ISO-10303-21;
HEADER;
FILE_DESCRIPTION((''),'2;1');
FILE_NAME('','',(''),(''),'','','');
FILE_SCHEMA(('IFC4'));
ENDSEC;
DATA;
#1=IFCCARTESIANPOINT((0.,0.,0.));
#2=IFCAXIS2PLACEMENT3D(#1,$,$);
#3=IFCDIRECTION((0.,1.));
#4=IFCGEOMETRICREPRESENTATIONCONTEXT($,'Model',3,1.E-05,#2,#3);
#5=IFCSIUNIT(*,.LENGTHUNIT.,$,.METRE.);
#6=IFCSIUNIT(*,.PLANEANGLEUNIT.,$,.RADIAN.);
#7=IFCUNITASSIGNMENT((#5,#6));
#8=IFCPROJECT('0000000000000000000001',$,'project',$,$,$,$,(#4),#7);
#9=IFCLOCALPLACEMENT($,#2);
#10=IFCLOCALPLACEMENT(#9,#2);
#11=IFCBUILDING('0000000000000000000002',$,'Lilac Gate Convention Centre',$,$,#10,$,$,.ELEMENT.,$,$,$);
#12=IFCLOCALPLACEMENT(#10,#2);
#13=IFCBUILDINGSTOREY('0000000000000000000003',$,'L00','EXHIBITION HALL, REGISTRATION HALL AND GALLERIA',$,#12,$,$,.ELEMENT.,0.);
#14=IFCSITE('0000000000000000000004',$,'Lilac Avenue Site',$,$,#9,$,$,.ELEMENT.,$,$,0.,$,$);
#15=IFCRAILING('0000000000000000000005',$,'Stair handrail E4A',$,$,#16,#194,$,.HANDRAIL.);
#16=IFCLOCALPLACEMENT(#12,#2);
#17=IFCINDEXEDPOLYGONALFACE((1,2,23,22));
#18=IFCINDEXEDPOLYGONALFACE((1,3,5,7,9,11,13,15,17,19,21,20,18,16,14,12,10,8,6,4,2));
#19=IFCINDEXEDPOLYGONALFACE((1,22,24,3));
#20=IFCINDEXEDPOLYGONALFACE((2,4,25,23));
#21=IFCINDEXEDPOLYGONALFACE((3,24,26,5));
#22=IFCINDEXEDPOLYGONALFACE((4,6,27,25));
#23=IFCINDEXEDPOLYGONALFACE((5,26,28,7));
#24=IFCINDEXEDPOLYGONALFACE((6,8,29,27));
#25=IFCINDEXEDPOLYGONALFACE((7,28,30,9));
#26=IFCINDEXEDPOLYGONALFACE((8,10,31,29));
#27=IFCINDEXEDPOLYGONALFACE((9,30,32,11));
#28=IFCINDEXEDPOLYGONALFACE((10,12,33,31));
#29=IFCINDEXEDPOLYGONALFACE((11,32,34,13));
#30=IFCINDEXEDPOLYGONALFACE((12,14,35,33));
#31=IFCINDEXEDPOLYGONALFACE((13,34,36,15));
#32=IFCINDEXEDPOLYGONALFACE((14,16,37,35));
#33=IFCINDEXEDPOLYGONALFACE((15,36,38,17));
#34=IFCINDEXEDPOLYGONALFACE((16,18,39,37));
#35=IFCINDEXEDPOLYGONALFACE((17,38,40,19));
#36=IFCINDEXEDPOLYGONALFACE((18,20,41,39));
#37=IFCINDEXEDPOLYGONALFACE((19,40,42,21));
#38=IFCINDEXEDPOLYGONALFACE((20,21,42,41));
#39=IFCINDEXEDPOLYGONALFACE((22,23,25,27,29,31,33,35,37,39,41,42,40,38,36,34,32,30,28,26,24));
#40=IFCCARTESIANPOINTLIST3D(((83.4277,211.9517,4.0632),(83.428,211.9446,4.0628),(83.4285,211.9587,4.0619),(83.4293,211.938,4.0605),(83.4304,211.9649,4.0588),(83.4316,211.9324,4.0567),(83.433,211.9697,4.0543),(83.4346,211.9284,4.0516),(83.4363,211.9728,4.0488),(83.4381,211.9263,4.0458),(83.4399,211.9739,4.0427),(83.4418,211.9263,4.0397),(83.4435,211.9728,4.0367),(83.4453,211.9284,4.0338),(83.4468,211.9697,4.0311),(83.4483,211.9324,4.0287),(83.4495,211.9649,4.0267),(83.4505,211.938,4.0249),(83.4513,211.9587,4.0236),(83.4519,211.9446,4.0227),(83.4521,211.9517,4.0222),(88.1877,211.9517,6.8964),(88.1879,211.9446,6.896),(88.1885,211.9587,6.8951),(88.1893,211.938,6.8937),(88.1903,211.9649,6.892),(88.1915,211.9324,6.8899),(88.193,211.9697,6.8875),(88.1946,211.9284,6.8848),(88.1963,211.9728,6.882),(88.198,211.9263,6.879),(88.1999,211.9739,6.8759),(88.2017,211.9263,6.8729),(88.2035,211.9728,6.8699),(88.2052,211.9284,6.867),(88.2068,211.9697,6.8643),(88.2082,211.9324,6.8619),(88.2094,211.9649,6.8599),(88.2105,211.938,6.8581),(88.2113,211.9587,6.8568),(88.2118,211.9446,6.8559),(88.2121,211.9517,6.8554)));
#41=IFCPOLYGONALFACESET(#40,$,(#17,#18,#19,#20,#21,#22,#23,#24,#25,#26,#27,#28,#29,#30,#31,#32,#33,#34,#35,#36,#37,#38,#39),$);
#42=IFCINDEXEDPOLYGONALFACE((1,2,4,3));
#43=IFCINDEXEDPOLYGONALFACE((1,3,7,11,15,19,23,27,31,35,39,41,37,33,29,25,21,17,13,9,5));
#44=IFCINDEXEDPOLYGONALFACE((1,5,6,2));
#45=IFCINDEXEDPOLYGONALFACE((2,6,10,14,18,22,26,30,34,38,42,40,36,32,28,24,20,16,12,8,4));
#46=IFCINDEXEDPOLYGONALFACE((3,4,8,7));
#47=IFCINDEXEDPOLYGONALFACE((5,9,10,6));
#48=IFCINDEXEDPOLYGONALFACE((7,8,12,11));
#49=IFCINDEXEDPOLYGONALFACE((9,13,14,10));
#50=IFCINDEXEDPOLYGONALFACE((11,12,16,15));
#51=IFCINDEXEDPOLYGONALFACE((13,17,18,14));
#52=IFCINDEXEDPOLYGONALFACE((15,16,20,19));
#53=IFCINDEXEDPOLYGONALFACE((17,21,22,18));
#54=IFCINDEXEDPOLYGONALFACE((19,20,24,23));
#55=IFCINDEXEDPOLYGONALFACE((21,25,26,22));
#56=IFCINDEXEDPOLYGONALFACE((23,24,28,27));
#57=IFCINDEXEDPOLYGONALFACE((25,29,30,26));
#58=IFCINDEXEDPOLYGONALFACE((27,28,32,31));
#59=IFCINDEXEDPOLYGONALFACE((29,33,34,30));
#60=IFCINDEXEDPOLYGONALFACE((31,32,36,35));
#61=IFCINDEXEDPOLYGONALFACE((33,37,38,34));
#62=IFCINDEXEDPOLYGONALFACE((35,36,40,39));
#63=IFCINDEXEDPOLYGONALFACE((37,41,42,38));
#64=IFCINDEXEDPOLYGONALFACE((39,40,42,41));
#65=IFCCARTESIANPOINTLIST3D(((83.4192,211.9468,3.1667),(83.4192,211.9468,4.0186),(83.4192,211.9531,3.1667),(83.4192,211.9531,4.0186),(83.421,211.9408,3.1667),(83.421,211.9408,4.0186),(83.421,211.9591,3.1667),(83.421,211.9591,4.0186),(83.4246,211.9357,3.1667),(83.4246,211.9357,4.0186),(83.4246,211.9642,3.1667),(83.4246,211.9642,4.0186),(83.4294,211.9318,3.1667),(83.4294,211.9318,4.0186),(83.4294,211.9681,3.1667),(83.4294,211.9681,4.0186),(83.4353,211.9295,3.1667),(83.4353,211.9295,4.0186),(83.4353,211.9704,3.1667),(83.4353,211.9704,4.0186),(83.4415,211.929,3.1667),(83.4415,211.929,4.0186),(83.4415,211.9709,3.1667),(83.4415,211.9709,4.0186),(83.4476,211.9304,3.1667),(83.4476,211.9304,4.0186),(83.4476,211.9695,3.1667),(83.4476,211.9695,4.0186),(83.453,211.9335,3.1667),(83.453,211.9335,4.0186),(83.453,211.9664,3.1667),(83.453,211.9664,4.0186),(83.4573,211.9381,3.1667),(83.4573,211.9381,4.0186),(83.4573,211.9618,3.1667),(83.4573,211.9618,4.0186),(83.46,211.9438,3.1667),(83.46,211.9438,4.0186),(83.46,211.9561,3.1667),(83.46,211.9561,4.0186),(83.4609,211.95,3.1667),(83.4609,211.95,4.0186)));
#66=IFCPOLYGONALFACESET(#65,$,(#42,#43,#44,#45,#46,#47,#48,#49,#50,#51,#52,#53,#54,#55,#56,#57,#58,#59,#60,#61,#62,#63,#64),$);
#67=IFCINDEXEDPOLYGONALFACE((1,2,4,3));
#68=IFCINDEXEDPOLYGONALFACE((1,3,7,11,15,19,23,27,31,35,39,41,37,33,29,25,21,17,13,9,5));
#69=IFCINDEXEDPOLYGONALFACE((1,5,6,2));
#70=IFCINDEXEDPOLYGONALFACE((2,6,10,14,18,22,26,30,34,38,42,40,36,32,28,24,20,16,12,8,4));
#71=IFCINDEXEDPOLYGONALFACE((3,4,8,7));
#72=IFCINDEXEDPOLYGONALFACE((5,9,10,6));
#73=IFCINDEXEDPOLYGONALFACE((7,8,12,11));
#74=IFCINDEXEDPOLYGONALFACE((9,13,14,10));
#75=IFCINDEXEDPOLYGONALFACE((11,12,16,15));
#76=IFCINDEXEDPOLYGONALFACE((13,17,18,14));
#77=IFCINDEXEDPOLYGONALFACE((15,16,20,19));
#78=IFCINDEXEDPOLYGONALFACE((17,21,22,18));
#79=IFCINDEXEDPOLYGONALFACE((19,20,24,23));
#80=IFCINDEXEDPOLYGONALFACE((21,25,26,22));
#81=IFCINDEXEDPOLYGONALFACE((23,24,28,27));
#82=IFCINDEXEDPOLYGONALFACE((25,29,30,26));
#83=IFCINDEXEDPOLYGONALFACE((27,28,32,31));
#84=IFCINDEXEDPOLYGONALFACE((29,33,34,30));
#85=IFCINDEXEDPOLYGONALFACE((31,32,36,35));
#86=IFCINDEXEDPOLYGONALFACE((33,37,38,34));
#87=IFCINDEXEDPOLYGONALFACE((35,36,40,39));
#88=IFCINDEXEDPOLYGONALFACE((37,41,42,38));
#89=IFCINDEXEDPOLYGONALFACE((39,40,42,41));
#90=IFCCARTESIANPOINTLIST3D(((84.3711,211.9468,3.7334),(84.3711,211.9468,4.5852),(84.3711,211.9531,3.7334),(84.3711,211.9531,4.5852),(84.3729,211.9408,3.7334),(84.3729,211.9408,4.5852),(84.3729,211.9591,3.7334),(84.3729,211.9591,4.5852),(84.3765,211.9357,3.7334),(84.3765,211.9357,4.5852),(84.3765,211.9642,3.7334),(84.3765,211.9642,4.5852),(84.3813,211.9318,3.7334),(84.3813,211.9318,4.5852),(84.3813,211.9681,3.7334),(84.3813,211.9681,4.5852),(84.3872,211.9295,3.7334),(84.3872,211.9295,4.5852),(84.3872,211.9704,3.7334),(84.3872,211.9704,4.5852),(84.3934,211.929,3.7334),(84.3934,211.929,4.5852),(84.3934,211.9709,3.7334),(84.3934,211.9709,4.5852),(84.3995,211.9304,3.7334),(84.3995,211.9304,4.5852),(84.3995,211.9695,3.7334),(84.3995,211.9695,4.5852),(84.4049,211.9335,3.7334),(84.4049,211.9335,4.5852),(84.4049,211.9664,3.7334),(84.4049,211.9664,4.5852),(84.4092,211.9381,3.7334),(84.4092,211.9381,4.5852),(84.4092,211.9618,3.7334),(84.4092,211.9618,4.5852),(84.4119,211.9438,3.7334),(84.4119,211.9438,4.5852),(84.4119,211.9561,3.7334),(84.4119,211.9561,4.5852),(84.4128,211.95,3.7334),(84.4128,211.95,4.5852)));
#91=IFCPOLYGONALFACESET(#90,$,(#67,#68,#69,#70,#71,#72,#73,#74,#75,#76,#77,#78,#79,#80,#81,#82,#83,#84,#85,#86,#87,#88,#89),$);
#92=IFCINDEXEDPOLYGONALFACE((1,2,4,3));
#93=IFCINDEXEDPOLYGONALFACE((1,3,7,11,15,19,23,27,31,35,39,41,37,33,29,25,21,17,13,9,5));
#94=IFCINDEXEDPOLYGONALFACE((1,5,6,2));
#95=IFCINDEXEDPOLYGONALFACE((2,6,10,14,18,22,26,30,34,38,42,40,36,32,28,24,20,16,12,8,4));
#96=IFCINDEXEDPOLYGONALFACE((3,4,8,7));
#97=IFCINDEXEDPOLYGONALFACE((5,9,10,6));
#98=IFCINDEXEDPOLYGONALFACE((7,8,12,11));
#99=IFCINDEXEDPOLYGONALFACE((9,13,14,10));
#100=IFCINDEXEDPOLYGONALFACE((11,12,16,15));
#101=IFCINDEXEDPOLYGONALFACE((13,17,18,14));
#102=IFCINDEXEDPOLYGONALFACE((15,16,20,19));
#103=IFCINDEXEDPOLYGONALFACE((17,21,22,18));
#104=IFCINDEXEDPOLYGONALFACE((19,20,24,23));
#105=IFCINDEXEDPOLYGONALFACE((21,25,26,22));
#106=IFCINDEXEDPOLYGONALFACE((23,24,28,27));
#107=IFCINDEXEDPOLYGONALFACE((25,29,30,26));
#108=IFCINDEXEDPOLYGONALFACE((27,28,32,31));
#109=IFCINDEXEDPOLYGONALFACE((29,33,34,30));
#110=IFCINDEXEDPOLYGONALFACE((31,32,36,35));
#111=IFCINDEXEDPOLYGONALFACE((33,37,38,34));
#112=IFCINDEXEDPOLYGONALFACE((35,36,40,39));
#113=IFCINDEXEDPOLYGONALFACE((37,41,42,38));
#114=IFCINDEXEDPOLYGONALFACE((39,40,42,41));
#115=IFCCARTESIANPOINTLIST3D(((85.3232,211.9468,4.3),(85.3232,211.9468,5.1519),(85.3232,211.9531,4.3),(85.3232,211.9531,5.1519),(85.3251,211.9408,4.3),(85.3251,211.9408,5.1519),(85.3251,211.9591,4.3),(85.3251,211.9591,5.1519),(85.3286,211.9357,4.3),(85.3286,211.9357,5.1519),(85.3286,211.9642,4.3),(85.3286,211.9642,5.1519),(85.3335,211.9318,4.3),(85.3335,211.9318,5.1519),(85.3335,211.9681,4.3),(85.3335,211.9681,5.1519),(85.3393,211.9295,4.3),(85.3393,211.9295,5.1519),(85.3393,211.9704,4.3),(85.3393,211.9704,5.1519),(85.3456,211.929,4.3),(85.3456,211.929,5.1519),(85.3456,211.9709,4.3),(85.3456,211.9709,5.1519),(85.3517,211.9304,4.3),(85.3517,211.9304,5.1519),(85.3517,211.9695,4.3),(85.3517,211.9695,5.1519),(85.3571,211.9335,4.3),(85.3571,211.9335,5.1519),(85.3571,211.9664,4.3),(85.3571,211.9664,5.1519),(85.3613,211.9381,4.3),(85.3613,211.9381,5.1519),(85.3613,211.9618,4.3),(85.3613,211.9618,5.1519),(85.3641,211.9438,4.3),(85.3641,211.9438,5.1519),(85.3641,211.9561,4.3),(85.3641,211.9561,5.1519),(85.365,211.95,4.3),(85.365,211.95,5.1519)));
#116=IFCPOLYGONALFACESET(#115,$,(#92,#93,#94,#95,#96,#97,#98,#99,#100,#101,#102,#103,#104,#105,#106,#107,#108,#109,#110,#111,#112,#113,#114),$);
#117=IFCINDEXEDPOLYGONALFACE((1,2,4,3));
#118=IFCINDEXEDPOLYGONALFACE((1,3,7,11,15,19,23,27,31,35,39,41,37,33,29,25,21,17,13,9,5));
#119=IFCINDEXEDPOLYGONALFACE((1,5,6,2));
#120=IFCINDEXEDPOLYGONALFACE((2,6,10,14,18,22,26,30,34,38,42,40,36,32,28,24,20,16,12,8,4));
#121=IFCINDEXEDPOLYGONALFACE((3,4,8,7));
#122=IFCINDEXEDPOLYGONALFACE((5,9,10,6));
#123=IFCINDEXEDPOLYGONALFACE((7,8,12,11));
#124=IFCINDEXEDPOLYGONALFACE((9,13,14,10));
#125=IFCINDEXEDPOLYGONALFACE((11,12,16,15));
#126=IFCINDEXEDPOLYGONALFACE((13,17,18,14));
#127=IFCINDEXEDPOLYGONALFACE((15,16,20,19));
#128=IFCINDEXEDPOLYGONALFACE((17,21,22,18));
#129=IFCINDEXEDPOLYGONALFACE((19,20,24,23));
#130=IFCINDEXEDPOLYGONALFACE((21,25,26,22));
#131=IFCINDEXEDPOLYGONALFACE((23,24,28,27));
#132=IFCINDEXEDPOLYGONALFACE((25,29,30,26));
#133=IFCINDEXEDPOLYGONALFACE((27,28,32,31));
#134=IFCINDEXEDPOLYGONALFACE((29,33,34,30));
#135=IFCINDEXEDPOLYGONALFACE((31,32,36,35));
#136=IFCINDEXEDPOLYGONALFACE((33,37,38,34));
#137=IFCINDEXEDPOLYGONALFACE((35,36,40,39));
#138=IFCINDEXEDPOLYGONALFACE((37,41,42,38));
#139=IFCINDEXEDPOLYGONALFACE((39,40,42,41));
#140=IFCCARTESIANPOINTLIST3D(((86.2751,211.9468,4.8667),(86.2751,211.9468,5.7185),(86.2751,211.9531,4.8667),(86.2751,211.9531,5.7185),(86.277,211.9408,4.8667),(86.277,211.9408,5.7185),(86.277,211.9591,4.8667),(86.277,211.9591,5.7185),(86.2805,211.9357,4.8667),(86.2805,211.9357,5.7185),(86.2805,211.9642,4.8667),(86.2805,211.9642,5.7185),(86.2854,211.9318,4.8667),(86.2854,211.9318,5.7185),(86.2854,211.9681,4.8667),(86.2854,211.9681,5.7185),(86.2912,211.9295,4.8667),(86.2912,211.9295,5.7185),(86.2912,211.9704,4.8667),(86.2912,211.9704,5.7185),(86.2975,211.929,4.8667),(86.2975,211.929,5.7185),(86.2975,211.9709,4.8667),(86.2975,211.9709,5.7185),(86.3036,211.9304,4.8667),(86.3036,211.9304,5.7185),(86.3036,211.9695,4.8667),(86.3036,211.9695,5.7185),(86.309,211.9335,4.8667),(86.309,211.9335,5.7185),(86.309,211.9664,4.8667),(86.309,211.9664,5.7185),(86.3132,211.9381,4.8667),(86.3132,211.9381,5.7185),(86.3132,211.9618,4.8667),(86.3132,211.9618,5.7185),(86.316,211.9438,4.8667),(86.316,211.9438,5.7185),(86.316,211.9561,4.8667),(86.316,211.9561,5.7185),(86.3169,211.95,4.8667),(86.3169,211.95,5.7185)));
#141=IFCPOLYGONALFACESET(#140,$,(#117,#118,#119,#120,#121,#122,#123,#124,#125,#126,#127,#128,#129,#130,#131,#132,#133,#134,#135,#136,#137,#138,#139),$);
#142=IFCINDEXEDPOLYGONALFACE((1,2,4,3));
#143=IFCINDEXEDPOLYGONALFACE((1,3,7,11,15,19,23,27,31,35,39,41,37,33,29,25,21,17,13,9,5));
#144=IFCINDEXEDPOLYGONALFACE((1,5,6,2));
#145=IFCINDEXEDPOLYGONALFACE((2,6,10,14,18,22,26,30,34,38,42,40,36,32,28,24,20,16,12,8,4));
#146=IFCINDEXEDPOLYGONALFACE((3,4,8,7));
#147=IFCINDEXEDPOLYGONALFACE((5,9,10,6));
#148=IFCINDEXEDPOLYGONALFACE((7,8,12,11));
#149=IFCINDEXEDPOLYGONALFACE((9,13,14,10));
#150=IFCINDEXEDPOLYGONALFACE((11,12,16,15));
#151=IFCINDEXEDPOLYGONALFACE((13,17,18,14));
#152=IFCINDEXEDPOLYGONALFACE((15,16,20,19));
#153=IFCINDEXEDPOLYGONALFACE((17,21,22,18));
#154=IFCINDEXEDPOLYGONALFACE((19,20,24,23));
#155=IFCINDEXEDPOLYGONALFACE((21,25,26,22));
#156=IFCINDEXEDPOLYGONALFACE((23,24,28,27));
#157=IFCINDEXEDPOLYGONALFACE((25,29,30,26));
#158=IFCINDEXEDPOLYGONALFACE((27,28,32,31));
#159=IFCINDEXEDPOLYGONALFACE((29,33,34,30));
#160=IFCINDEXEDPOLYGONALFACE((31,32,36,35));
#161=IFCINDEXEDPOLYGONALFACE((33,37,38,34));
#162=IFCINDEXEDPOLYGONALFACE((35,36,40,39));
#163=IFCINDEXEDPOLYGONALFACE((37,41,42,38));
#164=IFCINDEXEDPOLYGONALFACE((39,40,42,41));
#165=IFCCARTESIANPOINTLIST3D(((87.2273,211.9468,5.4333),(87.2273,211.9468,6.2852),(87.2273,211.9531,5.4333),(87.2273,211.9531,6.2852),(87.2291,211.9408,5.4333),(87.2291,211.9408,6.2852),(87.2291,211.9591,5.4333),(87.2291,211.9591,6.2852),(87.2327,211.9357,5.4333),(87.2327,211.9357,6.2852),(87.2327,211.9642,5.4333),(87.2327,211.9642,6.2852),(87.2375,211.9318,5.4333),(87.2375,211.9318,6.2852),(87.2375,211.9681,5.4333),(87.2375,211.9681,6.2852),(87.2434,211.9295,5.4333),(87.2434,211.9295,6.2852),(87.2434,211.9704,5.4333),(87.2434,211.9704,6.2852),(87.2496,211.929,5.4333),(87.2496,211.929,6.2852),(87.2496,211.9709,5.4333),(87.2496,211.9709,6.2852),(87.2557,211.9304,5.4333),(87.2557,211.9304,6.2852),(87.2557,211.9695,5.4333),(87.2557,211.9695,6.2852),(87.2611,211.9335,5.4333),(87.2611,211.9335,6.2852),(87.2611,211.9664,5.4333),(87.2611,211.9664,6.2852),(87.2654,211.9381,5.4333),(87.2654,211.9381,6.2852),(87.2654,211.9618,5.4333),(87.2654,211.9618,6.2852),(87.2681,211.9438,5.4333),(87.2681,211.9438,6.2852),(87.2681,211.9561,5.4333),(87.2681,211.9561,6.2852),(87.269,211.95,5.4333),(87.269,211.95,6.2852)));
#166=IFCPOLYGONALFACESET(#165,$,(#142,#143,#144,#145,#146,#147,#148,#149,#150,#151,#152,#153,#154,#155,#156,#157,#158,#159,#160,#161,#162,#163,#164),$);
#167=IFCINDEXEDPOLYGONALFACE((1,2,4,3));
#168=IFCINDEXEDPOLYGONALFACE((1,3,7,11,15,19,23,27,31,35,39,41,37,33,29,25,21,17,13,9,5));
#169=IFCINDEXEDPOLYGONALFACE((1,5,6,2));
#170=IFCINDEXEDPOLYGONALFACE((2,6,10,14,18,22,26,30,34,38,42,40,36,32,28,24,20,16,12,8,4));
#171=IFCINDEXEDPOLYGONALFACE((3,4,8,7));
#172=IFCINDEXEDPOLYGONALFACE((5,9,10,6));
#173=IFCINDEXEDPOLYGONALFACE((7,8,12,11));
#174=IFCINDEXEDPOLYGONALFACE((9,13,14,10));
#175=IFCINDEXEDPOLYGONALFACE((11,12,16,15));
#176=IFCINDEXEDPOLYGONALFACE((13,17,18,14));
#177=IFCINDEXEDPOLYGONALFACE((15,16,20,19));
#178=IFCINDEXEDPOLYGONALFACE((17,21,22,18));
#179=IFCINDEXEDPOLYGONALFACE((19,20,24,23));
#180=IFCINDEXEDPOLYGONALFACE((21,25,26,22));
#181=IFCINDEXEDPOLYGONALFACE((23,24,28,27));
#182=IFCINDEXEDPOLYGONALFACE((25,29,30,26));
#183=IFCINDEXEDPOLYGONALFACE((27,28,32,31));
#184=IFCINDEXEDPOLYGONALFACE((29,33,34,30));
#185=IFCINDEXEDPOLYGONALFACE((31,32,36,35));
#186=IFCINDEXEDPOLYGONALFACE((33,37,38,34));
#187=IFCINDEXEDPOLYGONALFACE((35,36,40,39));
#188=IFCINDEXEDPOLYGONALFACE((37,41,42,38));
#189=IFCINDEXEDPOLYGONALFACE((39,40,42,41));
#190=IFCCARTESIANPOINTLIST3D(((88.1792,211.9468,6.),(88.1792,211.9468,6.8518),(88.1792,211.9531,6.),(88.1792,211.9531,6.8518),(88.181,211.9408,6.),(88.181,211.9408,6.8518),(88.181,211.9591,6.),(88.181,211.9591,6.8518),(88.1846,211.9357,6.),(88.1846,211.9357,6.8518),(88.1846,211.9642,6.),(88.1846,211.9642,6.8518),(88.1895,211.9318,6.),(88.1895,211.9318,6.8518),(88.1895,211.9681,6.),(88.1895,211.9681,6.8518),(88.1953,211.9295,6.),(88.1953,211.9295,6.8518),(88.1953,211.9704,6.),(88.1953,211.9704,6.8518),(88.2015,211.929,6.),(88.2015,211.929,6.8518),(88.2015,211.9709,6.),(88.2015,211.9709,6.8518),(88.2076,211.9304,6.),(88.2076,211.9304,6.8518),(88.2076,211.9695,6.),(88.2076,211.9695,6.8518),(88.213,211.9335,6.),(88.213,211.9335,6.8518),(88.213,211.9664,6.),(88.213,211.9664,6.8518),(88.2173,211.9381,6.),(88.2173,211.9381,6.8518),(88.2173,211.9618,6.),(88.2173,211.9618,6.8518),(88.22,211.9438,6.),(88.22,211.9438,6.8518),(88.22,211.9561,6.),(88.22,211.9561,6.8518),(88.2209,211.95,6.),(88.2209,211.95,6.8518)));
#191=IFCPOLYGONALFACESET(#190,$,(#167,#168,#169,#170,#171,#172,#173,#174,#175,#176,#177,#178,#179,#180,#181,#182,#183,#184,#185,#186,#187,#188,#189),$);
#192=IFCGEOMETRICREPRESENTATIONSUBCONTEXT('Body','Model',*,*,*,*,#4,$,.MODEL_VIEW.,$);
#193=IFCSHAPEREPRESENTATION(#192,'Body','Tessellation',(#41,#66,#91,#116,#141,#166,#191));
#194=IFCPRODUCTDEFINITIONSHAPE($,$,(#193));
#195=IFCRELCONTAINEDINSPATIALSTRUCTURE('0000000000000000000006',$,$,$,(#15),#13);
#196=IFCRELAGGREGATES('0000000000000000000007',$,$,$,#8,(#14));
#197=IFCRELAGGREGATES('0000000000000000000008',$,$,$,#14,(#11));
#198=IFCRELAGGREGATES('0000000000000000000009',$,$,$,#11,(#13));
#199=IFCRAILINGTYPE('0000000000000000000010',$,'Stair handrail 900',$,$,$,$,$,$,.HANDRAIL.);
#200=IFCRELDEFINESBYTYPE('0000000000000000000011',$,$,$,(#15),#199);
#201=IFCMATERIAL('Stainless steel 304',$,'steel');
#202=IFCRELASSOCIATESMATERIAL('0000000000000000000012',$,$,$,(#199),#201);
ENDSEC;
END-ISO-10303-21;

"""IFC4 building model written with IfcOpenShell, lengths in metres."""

from ifc_helpers import new_model, si_unit, direction, frame, origin, origin_2d, place, context, subcontext, project, spatial, circle, extrude, material, type_object, element, save


model = new_model("IFC4")

# Units and contexts
model_context = context("Model", 3, precision=1e-05, world=origin(), true_north=direction((0.0, 1.0)))
body_context = subcontext(model_context, "Body", "Model", "MODEL_VIEW")
ifc_project = project(units=[si_unit("LENGTHUNIT", "METRE"), si_unit("PLANEANGLEUNIT", "RADIAN")], contexts=[model_context])

# Site, building, storey
site_placement = place(None, origin())
site = spatial("IfcSite", under=ifc_project, at=site_placement, Name="Lilac Avenue Site", CompositionType="ELEMENT", RefElevation=0.0)
building_placement = place(site_placement, origin())
building = spatial("IfcBuilding", under=site, at=building_placement, Name="Lilac Gate Convention Centre", CompositionType="ELEMENT")
storey_placement = place(building_placement, origin())
storey = spatial("IfcBuildingStorey", under=building, at=storey_placement, Name="L00", Description="EXHIBITION HALL, REGISTRATION HALL AND GALLERIA", CompositionType="ELEMENT", Elevation=0.0)

# Shared definitions
ifc_material_1 = material(Name="Stainless steel 304", Category="steel")

# Railing
railing_type = type_object("IfcRailingType", Name="Stair handrail 900", PredefinedType="HANDRAIL", material=ifc_material_1)
for number, where, name in (
    (1, (83.4399, 211.95, 3.1667), "Stair handrail E4A"),
):
    element("IfcRailing", number, at=place(storey_placement, frame(where)), inside=storey, type_object=railing_type, Name=name, PredefinedType="HANDRAIL", context=body_context, shape_type="SweptSolid", body=[
        extrude(circle(Radius=0.0239, at=origin_2d()), frame((0.0, 0.0, 0.876), z_axis=(0.8593, 0.0, 0.511472), x_axis=(0.0, 1.0, 0.0)), (0.0, 0.0, 1.0), 5.5393),
        extrude(circle(Radius=0.021, at=origin_2d()), origin(), (0.0, 0.0, 1.0), 0.8518),
        extrude(circle(Radius=0.021, at=origin_2d()), frame((0.9519, 0.0, 0.5667)), (0.0, 0.0, 1.0), 0.8518),
        extrude(circle(Radius=0.021, at=origin_2d()), frame((1.9041, 0.0, 1.1333)), (0.0, 0.0, 1.0), 0.8518),
        extrude(circle(Radius=0.021, at=origin_2d()), frame((2.856, 0.0, 1.7)), (0.0, 0.0, 1.0), 0.8518),
        extrude(circle(Radius=0.021, at=origin_2d()), frame((3.8081, 0.0, 2.2666)), (0.0, 0.0, 1.0), 0.8518),
        extrude(circle(Radius=0.021, at=origin_2d()), frame((4.76, 0.0, 2.8333)), (0.0, 0.0, 1.0), 0.8518),
    ])

save(model, "model.ifc")
